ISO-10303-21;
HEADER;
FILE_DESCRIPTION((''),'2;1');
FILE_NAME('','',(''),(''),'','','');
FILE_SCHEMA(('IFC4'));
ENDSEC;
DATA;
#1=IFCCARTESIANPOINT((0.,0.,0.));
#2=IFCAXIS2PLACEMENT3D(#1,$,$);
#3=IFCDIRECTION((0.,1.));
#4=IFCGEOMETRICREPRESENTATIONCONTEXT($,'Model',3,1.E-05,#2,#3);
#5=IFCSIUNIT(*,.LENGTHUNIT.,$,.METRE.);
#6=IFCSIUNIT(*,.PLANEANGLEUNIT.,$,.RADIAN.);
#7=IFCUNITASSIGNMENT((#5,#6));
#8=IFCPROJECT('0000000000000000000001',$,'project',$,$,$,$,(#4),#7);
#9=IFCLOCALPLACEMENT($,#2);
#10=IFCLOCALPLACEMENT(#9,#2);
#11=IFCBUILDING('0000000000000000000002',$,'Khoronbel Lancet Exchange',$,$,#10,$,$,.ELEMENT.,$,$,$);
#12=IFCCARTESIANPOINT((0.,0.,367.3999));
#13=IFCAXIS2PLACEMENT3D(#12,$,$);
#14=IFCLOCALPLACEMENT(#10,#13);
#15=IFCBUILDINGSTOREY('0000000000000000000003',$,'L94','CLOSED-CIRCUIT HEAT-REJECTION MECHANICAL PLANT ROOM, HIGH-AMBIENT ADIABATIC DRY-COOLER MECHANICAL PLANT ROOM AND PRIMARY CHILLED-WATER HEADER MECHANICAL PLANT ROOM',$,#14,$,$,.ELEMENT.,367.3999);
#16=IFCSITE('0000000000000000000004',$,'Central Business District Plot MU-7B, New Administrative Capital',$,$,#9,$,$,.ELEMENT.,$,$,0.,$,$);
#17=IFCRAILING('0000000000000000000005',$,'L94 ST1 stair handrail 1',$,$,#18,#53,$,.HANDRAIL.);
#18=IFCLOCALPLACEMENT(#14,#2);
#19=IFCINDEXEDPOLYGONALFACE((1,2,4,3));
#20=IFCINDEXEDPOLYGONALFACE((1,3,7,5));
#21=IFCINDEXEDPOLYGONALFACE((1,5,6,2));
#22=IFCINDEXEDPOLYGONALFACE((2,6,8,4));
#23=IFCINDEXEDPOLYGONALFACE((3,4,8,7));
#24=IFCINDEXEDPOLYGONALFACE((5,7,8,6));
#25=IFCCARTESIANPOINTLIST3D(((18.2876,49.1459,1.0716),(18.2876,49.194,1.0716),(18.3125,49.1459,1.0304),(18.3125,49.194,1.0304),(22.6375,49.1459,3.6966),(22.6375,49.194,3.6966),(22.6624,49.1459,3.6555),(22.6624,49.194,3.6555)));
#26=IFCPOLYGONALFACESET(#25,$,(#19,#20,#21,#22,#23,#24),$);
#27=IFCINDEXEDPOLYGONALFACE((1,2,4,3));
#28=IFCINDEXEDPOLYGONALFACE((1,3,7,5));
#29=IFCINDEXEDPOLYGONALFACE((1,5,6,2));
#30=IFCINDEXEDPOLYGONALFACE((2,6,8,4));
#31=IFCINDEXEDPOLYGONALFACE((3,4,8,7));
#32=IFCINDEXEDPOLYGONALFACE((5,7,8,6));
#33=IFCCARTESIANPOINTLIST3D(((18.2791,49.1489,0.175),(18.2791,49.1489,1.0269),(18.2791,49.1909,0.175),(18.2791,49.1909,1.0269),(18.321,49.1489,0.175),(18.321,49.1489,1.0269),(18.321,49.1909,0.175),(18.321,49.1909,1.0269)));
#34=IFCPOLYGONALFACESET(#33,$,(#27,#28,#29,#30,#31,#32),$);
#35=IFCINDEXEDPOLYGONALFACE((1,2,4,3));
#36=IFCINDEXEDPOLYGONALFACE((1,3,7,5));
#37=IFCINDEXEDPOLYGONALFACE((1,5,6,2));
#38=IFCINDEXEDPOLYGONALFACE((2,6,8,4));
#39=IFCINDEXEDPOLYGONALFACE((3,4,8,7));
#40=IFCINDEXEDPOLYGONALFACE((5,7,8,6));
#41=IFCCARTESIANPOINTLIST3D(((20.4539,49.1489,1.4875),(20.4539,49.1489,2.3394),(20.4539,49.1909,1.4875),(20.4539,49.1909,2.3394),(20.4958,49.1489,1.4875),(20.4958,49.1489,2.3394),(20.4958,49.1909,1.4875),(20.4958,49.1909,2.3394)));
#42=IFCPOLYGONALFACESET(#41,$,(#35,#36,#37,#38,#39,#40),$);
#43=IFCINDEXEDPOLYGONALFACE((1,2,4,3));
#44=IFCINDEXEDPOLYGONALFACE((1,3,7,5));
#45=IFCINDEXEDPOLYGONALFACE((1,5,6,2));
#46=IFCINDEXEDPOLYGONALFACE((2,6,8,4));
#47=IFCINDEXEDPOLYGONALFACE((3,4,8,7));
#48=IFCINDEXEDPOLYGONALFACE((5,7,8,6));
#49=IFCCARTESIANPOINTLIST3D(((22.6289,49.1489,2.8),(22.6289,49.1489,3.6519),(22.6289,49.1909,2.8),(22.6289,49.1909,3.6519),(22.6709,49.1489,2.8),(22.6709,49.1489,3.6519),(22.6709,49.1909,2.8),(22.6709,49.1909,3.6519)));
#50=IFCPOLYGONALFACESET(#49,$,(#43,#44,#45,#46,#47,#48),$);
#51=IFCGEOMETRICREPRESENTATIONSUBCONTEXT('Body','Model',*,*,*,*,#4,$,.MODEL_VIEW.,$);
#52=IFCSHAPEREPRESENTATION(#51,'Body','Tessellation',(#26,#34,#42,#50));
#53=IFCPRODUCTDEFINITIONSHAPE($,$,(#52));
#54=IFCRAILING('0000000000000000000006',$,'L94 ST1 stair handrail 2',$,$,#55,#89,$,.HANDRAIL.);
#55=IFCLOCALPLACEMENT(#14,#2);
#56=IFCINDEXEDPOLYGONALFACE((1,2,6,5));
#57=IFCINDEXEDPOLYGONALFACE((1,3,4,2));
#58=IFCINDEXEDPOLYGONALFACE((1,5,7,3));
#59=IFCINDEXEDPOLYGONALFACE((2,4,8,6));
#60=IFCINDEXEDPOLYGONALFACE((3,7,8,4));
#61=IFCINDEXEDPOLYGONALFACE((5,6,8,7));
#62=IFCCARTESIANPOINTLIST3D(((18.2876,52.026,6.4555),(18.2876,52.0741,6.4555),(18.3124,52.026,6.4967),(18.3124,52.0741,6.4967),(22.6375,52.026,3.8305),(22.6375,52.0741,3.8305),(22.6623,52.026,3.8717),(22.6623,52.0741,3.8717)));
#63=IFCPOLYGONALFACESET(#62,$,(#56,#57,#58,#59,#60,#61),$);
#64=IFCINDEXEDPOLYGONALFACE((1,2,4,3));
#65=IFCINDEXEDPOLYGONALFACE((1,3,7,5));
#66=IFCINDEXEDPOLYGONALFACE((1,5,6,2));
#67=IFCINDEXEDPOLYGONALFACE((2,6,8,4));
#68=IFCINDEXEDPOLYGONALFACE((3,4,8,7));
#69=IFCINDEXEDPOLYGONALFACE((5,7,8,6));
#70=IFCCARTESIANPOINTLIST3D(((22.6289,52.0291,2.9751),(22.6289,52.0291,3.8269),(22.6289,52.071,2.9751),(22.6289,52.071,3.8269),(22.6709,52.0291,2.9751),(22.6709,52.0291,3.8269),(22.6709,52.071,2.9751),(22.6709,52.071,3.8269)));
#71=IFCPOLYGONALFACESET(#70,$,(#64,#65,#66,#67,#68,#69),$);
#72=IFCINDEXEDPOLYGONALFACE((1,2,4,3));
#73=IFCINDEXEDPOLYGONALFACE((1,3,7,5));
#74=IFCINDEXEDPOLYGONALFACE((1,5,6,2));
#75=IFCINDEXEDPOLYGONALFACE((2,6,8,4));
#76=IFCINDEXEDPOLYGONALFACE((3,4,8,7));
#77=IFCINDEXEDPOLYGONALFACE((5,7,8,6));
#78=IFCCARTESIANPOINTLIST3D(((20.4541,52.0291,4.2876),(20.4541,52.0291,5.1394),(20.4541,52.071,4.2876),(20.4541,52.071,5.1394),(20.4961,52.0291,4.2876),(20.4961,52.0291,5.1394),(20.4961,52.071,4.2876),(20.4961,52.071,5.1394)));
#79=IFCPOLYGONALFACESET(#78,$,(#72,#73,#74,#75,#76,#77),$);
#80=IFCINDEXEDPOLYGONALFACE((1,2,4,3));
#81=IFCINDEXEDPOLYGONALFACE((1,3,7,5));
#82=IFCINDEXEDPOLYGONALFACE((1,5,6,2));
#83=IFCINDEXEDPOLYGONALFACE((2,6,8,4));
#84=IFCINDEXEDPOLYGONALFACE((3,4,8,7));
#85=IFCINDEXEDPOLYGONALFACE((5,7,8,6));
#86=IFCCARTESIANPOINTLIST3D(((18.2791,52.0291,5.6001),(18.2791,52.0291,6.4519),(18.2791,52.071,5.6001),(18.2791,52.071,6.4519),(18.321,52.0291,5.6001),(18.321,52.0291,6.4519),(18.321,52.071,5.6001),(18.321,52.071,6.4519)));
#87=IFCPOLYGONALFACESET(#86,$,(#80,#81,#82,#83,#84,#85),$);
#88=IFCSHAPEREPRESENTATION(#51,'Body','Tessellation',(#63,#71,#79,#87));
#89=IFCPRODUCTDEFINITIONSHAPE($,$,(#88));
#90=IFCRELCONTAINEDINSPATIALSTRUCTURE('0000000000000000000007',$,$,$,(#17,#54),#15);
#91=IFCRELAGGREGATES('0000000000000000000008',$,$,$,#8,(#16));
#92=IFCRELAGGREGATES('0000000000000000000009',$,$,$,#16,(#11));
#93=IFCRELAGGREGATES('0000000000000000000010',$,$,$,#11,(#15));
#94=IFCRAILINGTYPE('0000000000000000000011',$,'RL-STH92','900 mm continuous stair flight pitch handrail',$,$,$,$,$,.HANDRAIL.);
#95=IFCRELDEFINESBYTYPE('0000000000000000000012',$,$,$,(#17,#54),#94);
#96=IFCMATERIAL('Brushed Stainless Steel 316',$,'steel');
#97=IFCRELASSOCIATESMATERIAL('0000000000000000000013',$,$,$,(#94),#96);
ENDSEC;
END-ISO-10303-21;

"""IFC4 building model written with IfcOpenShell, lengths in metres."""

from ifc_helpers import new_model, si_unit, direction, frame, origin, origin_2d, place, context, subcontext, project, spatial, rectangle, extrude, material, type_object, element, save


model = new_model("IFC4")

# Units and contexts
model_context = context("Model", 3, precision=1e-05, world=origin(), true_north=direction((0.0, 1.0)))
body_context = subcontext(model_context, "Body", "Model", "MODEL_VIEW")
ifc_project = project(units=[si_unit("LENGTHUNIT", "METRE"), si_unit("PLANEANGLEUNIT", "RADIAN")], contexts=[model_context])

# Site, building, storey
site_placement = place(None, origin())
site = spatial("IfcSite", under=ifc_project, at=site_placement, Name="Central Business District Plot MU-7B, New Administrative Capital", CompositionType="ELEMENT", RefElevation=0.0)
building_placement = place(site_placement, origin())
building = spatial("IfcBuilding", under=site, at=building_placement, Name="Khoronbel Lancet Exchange", CompositionType="ELEMENT")
storey_placement = place(building_placement, frame((0.0, 0.0, 367.3999)))
storey = spatial("IfcBuildingStorey", under=building, at=storey_placement, Name="L94", Description="CLOSED-CIRCUIT HEAT-REJECTION MECHANICAL PLANT ROOM, HIGH-AMBIENT ADIABATIC DRY-COOLER MECHANICAL PLANT ROOM AND PRIMARY CHILLED-WATER HEADER MECHANICAL PLANT ROOM", CompositionType="ELEMENT", Elevation=367.3999)

# Railings
ifc_material_1 = material(Name="Brushed Stainless Steel 316", Category="steel")
railing_type_1 = type_object("IfcRailingType", Name="RL-STH92", Description="900 mm continuous stair flight pitch handrail", PredefinedType="HANDRAIL", material=ifc_material_1)
railing_1_placement = place(storey_placement, frame((18.3, 49.1699, 0.175)))
element("IfcRailing", 1, at=railing_1_placement, inside=storey, type_object=railing_type_1, Name="L94 ST1 stair handrail 1", PredefinedType="HANDRAIL", context=body_context, shape_type="SweptSolid", body=[
    extrude(rectangle(XDim=0.0481, YDim=0.0481, at=origin_2d()), frame((0.0, 0.0, 0.876), z_axis=(0.85618, 0.0, 0.516678), x_axis=(0.0, 1.0, 0.0)), (0.0, 0.0, 1.0), 5.0806),
    extrude(rectangle(XDim=0.042, YDim=0.042, at=origin_2d()), origin(), (0.0, 0.0, 1.0), 0.8518),
    extrude(rectangle(XDim=0.042, YDim=0.042, at=origin_2d()), frame((2.1748, 0.0, 1.3125)), (0.0, 0.0, 1.0), 0.8518),
    extrude(rectangle(XDim=0.042, YDim=0.042, at=origin_2d()), frame((4.3499, 0.0, 2.625)), (0.0, 0.0, 1.0), 0.8518),
])
railing_2_placement = place(storey_placement, frame((22.6499, 52.05, 2.9751)))
element("IfcRailing", 2, at=railing_2_placement, inside=storey, type_object=railing_type_1, Name="L94 ST1 stair handrail 2", PredefinedType="HANDRAIL", context=body_context, shape_type="SweptSolid", body=[
    extrude(rectangle(XDim=0.0481, YDim=0.0481, at=origin_2d()), frame((0.0, 0.0, 0.876), z_axis=(-0.85618, 0.0, 0.516678), x_axis=(0.0, -1.0, 0.0)), (0.0, 0.0, 1.0), 5.0806),
    extrude(rectangle(XDim=0.042, YDim=0.042, at=origin_2d()), origin(), (0.0, 0.0, 1.0), 0.8518),
    extrude(rectangle(XDim=0.042, YDim=0.042, at=origin_2d()), frame((-2.1748, 0.0, 1.3125)), (0.0, 0.0, 1.0), 0.8518),
    extrude(rectangle(XDim=0.042, YDim=0.042, at=origin_2d()), frame((-4.3499, 0.0, 2.625)), (0.0, 0.0, 1.0), 0.8518),
])

save(model, "model.ifc")
